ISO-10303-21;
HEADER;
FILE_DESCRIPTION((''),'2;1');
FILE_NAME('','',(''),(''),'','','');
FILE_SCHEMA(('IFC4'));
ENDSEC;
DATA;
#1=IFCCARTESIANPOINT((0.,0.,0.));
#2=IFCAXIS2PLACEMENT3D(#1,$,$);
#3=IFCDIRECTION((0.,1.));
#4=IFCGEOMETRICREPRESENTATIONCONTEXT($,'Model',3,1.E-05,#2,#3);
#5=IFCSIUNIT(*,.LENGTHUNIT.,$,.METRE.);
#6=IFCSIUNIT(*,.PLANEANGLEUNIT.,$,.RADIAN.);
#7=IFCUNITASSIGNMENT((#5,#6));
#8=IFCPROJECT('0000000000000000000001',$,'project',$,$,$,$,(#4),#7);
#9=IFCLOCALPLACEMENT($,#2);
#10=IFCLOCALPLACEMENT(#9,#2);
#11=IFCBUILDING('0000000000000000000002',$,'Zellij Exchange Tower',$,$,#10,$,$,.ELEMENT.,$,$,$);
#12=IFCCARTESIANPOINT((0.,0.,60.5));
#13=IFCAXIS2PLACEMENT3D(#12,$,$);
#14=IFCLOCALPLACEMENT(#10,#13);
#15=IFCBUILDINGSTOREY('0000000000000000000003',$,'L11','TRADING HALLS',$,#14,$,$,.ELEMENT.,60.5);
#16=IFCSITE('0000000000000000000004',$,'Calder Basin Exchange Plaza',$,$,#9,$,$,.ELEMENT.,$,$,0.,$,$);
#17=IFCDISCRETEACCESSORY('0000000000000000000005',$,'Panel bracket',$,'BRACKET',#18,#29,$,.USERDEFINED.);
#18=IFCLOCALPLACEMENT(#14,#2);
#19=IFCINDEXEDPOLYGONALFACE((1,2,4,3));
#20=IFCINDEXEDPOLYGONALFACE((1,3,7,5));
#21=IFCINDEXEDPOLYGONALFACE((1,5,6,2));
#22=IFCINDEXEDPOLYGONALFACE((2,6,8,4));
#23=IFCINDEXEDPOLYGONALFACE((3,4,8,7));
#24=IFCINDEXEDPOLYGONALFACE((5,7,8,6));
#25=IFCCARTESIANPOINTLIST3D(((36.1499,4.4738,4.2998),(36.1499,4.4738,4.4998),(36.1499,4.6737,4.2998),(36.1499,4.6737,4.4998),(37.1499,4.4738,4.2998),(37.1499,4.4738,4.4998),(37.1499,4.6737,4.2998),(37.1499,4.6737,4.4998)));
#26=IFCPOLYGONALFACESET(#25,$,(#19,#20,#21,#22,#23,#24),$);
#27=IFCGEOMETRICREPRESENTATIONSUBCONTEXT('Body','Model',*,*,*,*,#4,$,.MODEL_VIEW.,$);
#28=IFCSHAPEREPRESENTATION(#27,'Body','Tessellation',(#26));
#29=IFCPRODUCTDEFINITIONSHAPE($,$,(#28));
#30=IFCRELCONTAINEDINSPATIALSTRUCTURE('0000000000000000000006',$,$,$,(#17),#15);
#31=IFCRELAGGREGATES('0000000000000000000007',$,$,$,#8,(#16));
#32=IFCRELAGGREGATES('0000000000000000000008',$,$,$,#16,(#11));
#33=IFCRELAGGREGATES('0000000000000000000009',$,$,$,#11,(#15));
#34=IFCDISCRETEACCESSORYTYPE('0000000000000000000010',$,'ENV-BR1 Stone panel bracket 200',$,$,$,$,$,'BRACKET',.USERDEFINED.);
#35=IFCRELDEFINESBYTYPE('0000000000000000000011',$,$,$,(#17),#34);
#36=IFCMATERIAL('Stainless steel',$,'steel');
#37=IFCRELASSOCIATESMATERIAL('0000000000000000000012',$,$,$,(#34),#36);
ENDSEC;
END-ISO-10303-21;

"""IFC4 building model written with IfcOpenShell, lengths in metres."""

from ifc_helpers import new_model, si_unit, direction, frame, origin, origin_2d, place, context, subcontext, project, spatial, rectangle, extrude, material, type_object, element, save


model = new_model("IFC4")

# Units and contexts
model_context = context("Model", 3, precision=1e-05, world=origin(), true_north=direction((0.0, 1.0)))
body_context = subcontext(model_context, "Body", "Model", "MODEL_VIEW")
ifc_project = project(units=[si_unit("LENGTHUNIT", "METRE"), si_unit("PLANEANGLEUNIT", "RADIAN")], contexts=[model_context])

# Site, building, storey
site_placement = place(None, origin())
site = spatial("IfcSite", under=ifc_project, at=site_placement, Name="Calder Basin Exchange Plaza", CompositionType="ELEMENT", RefElevation=0.0)
building_placement = place(site_placement, origin())
building = spatial("IfcBuilding", under=site, at=building_placement, Name="Zellij Exchange Tower", CompositionType="ELEMENT")
storey_placement = place(building_placement, frame((0.0, 0.0, 60.5)))
storey = spatial("IfcBuildingStorey", under=building, at=storey_placement, Name="L11", Description="TRADING HALLS", CompositionType="ELEMENT", Elevation=60.5)

# Discrete accessory
ifc_material_1 = material(Name="Stainless steel", Category="steel")
discrete_accessory_type = type_object("IfcDiscreteAccessoryType", Name="ENV-BR1 Stone panel bracket 200", ElementType="BRACKET", PredefinedType="USERDEFINED", material=ifc_material_1)
for number, where, z_axis, x_axis, name in (
    (1, (36.6499, 4.5737, 4.2998), (0.0, 0.0, 1.0), (0.0, 1.0, 0.0), "Panel bracket"),
):
    element("IfcDiscreteAccessory", number, at=place(storey_placement, frame(where, z_axis=z_axis, x_axis=x_axis)), inside=storey, type_object=discrete_accessory_type, Name=name, ObjectType="BRACKET", PredefinedType="USERDEFINED", context=body_context, shape_type="SweptSolid", body=[
        extrude(rectangle(XDim=0.2, YDim=1.0, at=origin_2d()), origin(), (0.0, 0.0, 1.0), 0.2),
    ])

save(model, "model.ifc")
